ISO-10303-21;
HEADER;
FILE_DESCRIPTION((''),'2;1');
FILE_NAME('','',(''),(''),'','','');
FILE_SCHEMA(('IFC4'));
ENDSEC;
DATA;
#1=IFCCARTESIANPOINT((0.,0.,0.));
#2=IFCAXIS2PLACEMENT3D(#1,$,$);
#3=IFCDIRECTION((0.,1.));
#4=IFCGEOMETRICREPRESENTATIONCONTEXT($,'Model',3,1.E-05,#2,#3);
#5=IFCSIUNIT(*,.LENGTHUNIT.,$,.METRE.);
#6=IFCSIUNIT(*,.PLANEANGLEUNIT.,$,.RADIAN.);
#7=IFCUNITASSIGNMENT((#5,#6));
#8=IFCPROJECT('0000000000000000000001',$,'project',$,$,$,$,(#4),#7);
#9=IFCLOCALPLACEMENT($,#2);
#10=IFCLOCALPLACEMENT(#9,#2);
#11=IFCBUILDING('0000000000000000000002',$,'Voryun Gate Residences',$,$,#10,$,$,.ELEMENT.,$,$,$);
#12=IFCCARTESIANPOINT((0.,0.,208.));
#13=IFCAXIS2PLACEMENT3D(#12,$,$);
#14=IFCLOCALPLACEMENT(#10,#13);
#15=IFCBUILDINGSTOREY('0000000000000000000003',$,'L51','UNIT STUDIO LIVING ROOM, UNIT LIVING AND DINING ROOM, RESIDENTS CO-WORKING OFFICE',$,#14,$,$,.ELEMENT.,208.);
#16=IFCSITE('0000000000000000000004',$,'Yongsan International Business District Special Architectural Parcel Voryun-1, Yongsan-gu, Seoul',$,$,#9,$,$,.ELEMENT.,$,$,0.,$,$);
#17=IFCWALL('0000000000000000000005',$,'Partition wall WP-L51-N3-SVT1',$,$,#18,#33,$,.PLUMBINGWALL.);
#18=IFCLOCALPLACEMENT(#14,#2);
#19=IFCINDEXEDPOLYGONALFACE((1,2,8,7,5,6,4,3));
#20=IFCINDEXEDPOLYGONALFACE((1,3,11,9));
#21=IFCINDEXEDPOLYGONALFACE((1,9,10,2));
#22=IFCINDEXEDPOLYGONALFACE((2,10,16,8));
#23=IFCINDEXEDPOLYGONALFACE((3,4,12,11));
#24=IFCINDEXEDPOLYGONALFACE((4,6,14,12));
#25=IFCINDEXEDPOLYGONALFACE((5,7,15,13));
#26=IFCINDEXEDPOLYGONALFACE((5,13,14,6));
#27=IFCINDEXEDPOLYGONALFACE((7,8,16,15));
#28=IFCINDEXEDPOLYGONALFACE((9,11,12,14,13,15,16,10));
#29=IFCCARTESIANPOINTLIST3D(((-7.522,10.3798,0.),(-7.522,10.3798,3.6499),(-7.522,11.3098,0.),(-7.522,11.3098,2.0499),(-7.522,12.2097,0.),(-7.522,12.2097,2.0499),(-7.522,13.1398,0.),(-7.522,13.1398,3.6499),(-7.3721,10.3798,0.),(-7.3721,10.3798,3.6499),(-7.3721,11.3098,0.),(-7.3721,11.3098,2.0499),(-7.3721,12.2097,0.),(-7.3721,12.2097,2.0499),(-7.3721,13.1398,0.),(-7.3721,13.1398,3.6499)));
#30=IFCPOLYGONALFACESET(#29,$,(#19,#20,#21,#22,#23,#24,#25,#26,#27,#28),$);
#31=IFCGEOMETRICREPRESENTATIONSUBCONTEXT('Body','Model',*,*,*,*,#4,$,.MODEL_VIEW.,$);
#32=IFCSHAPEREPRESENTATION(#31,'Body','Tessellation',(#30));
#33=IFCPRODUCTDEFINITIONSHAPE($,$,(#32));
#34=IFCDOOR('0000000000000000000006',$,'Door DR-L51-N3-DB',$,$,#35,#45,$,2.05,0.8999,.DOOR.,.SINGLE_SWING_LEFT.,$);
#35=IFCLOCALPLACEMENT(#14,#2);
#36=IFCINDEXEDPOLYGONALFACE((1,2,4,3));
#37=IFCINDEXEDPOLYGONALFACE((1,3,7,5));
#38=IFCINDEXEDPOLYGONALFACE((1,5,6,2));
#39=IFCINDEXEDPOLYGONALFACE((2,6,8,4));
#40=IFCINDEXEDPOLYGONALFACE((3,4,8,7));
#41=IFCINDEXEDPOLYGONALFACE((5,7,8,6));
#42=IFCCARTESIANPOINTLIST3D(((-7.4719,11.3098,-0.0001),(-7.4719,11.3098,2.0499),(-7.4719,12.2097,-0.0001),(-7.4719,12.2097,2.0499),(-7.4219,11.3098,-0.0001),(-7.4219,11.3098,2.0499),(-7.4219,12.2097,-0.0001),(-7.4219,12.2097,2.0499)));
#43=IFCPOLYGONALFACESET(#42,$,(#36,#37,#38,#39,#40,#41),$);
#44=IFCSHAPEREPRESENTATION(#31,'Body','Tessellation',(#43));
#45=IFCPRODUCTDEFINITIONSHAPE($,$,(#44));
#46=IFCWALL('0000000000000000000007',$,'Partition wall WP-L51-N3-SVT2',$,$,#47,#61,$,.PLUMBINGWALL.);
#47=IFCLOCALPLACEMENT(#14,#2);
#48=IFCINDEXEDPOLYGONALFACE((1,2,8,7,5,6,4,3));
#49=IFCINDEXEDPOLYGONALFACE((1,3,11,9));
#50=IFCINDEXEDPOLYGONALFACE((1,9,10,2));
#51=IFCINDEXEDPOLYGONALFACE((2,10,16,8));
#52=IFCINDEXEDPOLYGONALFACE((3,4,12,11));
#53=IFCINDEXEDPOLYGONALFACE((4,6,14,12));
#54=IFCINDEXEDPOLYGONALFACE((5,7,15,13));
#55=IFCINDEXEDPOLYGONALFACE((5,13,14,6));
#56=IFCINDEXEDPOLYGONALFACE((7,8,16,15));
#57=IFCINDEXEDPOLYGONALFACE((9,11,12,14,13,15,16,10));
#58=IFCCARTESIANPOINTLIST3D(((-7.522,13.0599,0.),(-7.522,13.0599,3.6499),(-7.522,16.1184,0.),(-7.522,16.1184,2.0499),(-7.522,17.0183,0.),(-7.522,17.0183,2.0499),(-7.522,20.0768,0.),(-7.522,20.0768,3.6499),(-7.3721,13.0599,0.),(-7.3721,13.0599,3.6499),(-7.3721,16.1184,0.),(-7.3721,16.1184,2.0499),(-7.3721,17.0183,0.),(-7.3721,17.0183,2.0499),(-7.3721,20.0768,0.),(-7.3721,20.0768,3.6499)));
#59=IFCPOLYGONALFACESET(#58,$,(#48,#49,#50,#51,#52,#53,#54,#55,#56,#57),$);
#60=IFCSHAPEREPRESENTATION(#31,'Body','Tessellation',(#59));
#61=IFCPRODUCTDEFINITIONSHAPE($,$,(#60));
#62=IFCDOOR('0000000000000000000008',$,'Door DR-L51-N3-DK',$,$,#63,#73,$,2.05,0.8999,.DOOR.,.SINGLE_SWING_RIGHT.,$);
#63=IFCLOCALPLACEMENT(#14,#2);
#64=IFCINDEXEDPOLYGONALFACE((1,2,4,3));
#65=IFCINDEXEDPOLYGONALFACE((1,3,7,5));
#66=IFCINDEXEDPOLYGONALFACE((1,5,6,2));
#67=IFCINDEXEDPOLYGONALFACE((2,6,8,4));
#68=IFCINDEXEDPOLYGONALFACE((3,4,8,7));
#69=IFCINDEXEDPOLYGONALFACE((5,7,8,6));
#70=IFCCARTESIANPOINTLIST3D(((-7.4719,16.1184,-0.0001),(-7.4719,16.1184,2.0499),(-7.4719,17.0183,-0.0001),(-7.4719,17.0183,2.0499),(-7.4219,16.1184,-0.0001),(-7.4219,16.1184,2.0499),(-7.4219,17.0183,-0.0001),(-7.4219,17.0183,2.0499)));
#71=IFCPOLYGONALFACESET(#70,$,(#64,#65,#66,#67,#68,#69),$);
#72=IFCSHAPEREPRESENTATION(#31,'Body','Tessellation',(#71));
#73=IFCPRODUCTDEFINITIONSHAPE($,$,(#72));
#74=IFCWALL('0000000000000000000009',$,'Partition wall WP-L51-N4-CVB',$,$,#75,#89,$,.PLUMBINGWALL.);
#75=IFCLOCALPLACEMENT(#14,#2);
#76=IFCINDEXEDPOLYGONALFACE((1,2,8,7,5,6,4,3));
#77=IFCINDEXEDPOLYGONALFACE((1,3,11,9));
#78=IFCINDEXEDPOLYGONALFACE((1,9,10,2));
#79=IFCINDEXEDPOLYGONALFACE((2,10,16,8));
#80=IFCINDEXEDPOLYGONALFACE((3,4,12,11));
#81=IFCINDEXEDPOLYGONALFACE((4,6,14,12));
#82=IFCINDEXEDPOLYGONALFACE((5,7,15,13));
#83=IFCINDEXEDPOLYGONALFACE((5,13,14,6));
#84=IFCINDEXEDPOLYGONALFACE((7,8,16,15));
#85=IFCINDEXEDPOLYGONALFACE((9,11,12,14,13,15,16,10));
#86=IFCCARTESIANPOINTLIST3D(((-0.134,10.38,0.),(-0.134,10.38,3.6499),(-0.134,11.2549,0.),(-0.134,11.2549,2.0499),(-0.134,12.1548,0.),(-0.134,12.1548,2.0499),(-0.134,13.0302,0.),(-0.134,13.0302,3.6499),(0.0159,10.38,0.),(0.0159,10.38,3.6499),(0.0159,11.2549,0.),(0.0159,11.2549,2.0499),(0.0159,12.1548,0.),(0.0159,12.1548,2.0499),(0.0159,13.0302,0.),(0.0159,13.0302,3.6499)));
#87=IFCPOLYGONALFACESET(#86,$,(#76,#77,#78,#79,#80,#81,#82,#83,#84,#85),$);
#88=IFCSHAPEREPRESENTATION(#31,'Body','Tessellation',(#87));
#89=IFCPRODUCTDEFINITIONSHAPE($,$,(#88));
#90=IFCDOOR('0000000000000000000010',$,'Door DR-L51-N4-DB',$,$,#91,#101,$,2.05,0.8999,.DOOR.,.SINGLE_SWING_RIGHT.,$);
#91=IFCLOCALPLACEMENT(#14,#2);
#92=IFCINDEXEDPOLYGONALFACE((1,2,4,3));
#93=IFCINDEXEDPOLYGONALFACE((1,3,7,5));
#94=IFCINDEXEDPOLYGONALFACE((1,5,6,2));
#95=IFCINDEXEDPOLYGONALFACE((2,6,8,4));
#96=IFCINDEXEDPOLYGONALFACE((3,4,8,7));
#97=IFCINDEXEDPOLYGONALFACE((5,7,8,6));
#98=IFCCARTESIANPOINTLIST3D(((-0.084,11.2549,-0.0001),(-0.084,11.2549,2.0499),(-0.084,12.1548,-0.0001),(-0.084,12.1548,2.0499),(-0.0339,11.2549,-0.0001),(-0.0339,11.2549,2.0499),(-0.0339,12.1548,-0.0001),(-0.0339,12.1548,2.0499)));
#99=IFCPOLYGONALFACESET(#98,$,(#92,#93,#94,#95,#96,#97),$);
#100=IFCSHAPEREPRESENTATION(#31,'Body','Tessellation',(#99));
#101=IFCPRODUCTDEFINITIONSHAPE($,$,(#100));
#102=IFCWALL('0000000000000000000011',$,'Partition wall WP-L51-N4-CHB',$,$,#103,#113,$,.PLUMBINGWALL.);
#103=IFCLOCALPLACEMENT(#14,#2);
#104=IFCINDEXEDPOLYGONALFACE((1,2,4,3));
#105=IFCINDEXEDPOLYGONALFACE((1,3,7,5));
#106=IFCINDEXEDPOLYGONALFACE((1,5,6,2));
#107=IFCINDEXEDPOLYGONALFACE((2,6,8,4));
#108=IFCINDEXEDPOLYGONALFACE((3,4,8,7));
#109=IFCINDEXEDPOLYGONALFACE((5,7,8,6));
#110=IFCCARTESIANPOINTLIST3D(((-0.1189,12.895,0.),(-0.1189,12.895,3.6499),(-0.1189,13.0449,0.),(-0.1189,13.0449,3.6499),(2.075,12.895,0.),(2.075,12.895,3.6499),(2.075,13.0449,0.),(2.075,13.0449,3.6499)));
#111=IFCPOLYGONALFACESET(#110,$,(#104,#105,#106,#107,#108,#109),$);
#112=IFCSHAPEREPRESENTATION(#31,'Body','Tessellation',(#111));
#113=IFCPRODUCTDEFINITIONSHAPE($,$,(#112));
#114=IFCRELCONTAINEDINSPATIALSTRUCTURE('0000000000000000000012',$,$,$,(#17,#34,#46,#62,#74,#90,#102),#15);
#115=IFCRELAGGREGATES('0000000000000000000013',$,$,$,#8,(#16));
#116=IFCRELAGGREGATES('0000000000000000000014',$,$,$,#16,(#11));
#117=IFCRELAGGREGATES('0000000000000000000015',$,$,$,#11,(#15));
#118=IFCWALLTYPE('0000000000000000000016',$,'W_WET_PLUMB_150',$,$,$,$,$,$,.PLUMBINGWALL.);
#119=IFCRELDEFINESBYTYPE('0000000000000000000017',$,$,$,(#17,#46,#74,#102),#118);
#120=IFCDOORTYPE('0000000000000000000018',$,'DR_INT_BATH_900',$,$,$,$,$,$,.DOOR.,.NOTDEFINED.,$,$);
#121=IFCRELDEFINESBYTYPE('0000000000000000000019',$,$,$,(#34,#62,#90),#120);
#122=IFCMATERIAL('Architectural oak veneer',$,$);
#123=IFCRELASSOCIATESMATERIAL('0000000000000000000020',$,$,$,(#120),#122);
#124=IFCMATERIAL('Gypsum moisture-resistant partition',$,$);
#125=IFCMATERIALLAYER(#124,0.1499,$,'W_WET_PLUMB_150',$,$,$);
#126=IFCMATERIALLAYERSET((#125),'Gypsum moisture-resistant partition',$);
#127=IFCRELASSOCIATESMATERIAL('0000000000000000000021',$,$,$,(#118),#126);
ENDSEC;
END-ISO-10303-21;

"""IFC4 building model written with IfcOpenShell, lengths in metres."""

from ifc_helpers import new_model, si_unit, direction, frame, frame_2d, origin, place, context, subcontext, project, spatial, rectangle, extrude, material, layer, layer_set, type_object, element, fill, save


model = new_model("IFC4")

# Units and contexts
model_context = context("Model", 3, precision=1e-05, world=origin(), true_north=direction((0.0, 1.0)))
body_context = subcontext(model_context, "Body", "Model", "MODEL_VIEW")
ifc_project = project(units=[si_unit("LENGTHUNIT", "METRE"), si_unit("PLANEANGLEUNIT", "RADIAN")], contexts=[model_context])

# Site, building, storey
site_placement = place(None, origin())
site = spatial("IfcSite", under=ifc_project, at=site_placement, Name="Yongsan International Business District Special Architectural Parcel Voryun-1, Yongsan-gu, Seoul", CompositionType="ELEMENT", RefElevation=0.0)
building_placement = place(site_placement, origin())
building = spatial("IfcBuilding", under=site, at=building_placement, Name="Voryun Gate Residences", CompositionType="ELEMENT")
storey_placement = place(building_placement, frame((0.0, 0.0, 208.0)))
storey = spatial("IfcBuildingStorey", under=building, at=storey_placement, Name="L51", Description="UNIT STUDIO LIVING ROOM, UNIT LIVING AND DINING ROOM, RESIDENTS CO-WORKING OFFICE", CompositionType="ELEMENT", Elevation=208.0)

# Shared definitions
ifc_material_1 = material(Name="Architectural oak veneer")
door_type_1 = type_object("IfcDoorType", Name="DR_INT_BATH_900", OperationType="NOTDEFINED", PredefinedType="DOOR", material=ifc_material_1)

# Shared definitions
ifc_material_2 = material(Name="Gypsum moisture-resistant partition")
ifc_layer_1 = layer(ifc_material_2, 0.1499, Name="W_WET_PLUMB_150")
ifc_layer_set_1 = layer_set([ifc_layer_1], Name="Gypsum moisture-resistant partition")
wall_type_1 = type_object("IfcWallType", Name="W_WET_PLUMB_150", PredefinedType="PLUMBINGWALL", material=ifc_layer_set_1)

# Walls, openings, doors
wall_1_placement = place(storey_placement, frame((-7.447, 10.3799, 0.0), z_axis=(0.0, 0.0, 1.0), x_axis=(0.0, 1.0, 0.0)))
wall_1 = element("IfcWall", 1, at=wall_1_placement, inside=storey, type_object=wall_type_1, Name="Partition wall WP-L51-N3-SVT1", PredefinedType="PLUMBINGWALL", context=body_context, shape_type="SweptSolid", body=[
    extrude(rectangle(XDim=2.76, YDim=0.1499, at=frame_2d((1.3799, 0.0))), origin(), (0.0, 0.0, 1.0), 3.6499),
])
opening_1_placement = place(wall_1_placement, frame((0.9299, 0.0, 0.0)))
opening_1 = element("IfcOpeningElement", 2, at=opening_1_placement, cuts=wall_1, PredefinedType="OPENING", context=body_context, shape_type="SweptSolid", body=[
    extrude(rectangle(XDim=0.8999, YDim=2.05, at=frame_2d((0.45, 1.0249))), frame((0.0, 0.085, 0.0), z_axis=(0.0, -1.0, 0.0), x_axis=(1.0, 0.0, 0.0)), (0.0, 0.0, 1.0), 0.1699),
])
door_1_placement = place(opening_1_placement, origin())
door_1 = element("IfcDoor", 3, at=door_1_placement, inside=storey, type_object=door_type_1, Name="Door DR-L51-N3-DB", OperationType="SINGLE_SWING_LEFT", OverallHeight=2.05, OverallWidth=0.8999, PredefinedType="DOOR", context=body_context, shape_type="SweptSolid", body=[
    extrude(rectangle(XDim=0.8999, YDim=2.05, at=frame_2d((0.45, 1.0249))), frame((0.0, 0.0249, 0.0), z_axis=(0.0, -1.0, 0.0), x_axis=(1.0, 0.0, 0.0)), (0.0, 0.0, 1.0), 0.05),
])
fill(opening_1, door_1)
wall_2_placement = place(storey_placement, frame((-7.447, 13.0601, 0.0), z_axis=(0.0, 0.0, 1.0), x_axis=(0.0, 1.0, 0.0)))
wall_2 = element("IfcWall", 4, at=wall_2_placement, inside=storey, type_object=wall_type_1, Name="Partition wall WP-L51-N3-SVT2", PredefinedType="PLUMBINGWALL", context=body_context, shape_type="SweptSolid", body=[
    extrude(rectangle(XDim=7.0168, YDim=0.1499, at=frame_2d((3.5083, 0.0))), origin(), (0.0, 0.0, 1.0), 3.6499),
])
opening_2_placement = place(wall_2_placement, frame((3.0583, 0.0, 0.0)))
opening_2 = element("IfcOpeningElement", 5, at=opening_2_placement, cuts=wall_2, PredefinedType="OPENING", context=body_context, shape_type="SweptSolid", body=[
    extrude(rectangle(XDim=0.8999, YDim=2.05, at=frame_2d((0.45, 1.0249))), frame((0.0, 0.085, 0.0), z_axis=(0.0, -1.0, 0.0), x_axis=(1.0, 0.0, 0.0)), (0.0, 0.0, 1.0), 0.1699),
])
door_2_placement = place(opening_2_placement, origin())
door_2 = element("IfcDoor", 6, at=door_2_placement, inside=storey, type_object=door_type_1, Name="Door DR-L51-N3-DK", OperationType="SINGLE_SWING_RIGHT", OverallHeight=2.05, OverallWidth=0.8999, PredefinedType="DOOR", context=body_context, shape_type="SweptSolid", body=[
    extrude(rectangle(XDim=0.8999, YDim=2.05, at=frame_2d((0.45, 1.0249))), frame((0.0, 0.0249, 0.0), z_axis=(0.0, -1.0, 0.0), x_axis=(1.0, 0.0, 0.0)), (0.0, 0.0, 1.0), 0.05),
])
fill(opening_2, door_2)
wall_3_placement = place(storey_placement, frame((-0.0591, 10.3799, 0.0), z_axis=(0.0, 0.0, 1.0), x_axis=(0.0, 1.0, 0.0)))
wall_3 = element("IfcWall", 7, at=wall_3_placement, inside=storey, type_object=wall_type_1, Name="Partition wall WP-L51-N4-CVB", PredefinedType="PLUMBINGWALL", context=body_context, shape_type="SweptSolid", body=[
    extrude(rectangle(XDim=2.6501, YDim=0.1499, at=frame_2d((1.3252, 0.0))), origin(), (0.0, 0.0, 1.0), 3.6499),
])
opening_3_placement = place(wall_3_placement, frame((0.875, 0.0, 0.0)))
opening_3 = element("IfcOpeningElement", 8, at=opening_3_placement, cuts=wall_3, PredefinedType="OPENING", context=body_context, shape_type="SweptSolid", body=[
    extrude(rectangle(XDim=0.8999, YDim=2.05, at=frame_2d((0.45, 1.0249))), frame((0.0, 0.085, 0.0), z_axis=(0.0, -1.0, 0.0), x_axis=(1.0, 0.0, 0.0)), (0.0, 0.0, 1.0), 0.1699),
])
door_3_placement = place(opening_3_placement, origin())
door_3 = element("IfcDoor", 9, at=door_3_placement, inside=storey, type_object=door_type_1, Name="Door DR-L51-N4-DB", OperationType="SINGLE_SWING_RIGHT", OverallHeight=2.05, OverallWidth=0.8999, PredefinedType="DOOR", context=body_context, shape_type="SweptSolid", body=[
    extrude(rectangle(XDim=0.8999, YDim=2.05, at=frame_2d((0.45, 1.0249))), frame((0.0, 0.0249, 0.0), z_axis=(0.0, -1.0, 0.0), x_axis=(1.0, 0.0, 0.0)), (0.0, 0.0, 1.0), 0.05),
])
fill(opening_3, door_3)

# Wall
wall_4_placement = place(storey_placement, frame((-0.1189, 12.97, 0.0), z_axis=(0.0, 0.0, 1.0), x_axis=(1.0, 0.0, 0.0)))
element("IfcWall", 10, at=wall_4_placement, inside=storey, type_object=wall_type_1, Name="Partition wall WP-L51-N4-CHB", PredefinedType="PLUMBINGWALL", context=body_context, shape_type="SweptSolid", body=[
    extrude(rectangle(XDim=2.1938, YDim=0.1499, at=frame_2d((1.0969, 0.0))), origin(), (0.0, 0.0, 1.0), 3.6499),
])

save(model, "model.ifc")
